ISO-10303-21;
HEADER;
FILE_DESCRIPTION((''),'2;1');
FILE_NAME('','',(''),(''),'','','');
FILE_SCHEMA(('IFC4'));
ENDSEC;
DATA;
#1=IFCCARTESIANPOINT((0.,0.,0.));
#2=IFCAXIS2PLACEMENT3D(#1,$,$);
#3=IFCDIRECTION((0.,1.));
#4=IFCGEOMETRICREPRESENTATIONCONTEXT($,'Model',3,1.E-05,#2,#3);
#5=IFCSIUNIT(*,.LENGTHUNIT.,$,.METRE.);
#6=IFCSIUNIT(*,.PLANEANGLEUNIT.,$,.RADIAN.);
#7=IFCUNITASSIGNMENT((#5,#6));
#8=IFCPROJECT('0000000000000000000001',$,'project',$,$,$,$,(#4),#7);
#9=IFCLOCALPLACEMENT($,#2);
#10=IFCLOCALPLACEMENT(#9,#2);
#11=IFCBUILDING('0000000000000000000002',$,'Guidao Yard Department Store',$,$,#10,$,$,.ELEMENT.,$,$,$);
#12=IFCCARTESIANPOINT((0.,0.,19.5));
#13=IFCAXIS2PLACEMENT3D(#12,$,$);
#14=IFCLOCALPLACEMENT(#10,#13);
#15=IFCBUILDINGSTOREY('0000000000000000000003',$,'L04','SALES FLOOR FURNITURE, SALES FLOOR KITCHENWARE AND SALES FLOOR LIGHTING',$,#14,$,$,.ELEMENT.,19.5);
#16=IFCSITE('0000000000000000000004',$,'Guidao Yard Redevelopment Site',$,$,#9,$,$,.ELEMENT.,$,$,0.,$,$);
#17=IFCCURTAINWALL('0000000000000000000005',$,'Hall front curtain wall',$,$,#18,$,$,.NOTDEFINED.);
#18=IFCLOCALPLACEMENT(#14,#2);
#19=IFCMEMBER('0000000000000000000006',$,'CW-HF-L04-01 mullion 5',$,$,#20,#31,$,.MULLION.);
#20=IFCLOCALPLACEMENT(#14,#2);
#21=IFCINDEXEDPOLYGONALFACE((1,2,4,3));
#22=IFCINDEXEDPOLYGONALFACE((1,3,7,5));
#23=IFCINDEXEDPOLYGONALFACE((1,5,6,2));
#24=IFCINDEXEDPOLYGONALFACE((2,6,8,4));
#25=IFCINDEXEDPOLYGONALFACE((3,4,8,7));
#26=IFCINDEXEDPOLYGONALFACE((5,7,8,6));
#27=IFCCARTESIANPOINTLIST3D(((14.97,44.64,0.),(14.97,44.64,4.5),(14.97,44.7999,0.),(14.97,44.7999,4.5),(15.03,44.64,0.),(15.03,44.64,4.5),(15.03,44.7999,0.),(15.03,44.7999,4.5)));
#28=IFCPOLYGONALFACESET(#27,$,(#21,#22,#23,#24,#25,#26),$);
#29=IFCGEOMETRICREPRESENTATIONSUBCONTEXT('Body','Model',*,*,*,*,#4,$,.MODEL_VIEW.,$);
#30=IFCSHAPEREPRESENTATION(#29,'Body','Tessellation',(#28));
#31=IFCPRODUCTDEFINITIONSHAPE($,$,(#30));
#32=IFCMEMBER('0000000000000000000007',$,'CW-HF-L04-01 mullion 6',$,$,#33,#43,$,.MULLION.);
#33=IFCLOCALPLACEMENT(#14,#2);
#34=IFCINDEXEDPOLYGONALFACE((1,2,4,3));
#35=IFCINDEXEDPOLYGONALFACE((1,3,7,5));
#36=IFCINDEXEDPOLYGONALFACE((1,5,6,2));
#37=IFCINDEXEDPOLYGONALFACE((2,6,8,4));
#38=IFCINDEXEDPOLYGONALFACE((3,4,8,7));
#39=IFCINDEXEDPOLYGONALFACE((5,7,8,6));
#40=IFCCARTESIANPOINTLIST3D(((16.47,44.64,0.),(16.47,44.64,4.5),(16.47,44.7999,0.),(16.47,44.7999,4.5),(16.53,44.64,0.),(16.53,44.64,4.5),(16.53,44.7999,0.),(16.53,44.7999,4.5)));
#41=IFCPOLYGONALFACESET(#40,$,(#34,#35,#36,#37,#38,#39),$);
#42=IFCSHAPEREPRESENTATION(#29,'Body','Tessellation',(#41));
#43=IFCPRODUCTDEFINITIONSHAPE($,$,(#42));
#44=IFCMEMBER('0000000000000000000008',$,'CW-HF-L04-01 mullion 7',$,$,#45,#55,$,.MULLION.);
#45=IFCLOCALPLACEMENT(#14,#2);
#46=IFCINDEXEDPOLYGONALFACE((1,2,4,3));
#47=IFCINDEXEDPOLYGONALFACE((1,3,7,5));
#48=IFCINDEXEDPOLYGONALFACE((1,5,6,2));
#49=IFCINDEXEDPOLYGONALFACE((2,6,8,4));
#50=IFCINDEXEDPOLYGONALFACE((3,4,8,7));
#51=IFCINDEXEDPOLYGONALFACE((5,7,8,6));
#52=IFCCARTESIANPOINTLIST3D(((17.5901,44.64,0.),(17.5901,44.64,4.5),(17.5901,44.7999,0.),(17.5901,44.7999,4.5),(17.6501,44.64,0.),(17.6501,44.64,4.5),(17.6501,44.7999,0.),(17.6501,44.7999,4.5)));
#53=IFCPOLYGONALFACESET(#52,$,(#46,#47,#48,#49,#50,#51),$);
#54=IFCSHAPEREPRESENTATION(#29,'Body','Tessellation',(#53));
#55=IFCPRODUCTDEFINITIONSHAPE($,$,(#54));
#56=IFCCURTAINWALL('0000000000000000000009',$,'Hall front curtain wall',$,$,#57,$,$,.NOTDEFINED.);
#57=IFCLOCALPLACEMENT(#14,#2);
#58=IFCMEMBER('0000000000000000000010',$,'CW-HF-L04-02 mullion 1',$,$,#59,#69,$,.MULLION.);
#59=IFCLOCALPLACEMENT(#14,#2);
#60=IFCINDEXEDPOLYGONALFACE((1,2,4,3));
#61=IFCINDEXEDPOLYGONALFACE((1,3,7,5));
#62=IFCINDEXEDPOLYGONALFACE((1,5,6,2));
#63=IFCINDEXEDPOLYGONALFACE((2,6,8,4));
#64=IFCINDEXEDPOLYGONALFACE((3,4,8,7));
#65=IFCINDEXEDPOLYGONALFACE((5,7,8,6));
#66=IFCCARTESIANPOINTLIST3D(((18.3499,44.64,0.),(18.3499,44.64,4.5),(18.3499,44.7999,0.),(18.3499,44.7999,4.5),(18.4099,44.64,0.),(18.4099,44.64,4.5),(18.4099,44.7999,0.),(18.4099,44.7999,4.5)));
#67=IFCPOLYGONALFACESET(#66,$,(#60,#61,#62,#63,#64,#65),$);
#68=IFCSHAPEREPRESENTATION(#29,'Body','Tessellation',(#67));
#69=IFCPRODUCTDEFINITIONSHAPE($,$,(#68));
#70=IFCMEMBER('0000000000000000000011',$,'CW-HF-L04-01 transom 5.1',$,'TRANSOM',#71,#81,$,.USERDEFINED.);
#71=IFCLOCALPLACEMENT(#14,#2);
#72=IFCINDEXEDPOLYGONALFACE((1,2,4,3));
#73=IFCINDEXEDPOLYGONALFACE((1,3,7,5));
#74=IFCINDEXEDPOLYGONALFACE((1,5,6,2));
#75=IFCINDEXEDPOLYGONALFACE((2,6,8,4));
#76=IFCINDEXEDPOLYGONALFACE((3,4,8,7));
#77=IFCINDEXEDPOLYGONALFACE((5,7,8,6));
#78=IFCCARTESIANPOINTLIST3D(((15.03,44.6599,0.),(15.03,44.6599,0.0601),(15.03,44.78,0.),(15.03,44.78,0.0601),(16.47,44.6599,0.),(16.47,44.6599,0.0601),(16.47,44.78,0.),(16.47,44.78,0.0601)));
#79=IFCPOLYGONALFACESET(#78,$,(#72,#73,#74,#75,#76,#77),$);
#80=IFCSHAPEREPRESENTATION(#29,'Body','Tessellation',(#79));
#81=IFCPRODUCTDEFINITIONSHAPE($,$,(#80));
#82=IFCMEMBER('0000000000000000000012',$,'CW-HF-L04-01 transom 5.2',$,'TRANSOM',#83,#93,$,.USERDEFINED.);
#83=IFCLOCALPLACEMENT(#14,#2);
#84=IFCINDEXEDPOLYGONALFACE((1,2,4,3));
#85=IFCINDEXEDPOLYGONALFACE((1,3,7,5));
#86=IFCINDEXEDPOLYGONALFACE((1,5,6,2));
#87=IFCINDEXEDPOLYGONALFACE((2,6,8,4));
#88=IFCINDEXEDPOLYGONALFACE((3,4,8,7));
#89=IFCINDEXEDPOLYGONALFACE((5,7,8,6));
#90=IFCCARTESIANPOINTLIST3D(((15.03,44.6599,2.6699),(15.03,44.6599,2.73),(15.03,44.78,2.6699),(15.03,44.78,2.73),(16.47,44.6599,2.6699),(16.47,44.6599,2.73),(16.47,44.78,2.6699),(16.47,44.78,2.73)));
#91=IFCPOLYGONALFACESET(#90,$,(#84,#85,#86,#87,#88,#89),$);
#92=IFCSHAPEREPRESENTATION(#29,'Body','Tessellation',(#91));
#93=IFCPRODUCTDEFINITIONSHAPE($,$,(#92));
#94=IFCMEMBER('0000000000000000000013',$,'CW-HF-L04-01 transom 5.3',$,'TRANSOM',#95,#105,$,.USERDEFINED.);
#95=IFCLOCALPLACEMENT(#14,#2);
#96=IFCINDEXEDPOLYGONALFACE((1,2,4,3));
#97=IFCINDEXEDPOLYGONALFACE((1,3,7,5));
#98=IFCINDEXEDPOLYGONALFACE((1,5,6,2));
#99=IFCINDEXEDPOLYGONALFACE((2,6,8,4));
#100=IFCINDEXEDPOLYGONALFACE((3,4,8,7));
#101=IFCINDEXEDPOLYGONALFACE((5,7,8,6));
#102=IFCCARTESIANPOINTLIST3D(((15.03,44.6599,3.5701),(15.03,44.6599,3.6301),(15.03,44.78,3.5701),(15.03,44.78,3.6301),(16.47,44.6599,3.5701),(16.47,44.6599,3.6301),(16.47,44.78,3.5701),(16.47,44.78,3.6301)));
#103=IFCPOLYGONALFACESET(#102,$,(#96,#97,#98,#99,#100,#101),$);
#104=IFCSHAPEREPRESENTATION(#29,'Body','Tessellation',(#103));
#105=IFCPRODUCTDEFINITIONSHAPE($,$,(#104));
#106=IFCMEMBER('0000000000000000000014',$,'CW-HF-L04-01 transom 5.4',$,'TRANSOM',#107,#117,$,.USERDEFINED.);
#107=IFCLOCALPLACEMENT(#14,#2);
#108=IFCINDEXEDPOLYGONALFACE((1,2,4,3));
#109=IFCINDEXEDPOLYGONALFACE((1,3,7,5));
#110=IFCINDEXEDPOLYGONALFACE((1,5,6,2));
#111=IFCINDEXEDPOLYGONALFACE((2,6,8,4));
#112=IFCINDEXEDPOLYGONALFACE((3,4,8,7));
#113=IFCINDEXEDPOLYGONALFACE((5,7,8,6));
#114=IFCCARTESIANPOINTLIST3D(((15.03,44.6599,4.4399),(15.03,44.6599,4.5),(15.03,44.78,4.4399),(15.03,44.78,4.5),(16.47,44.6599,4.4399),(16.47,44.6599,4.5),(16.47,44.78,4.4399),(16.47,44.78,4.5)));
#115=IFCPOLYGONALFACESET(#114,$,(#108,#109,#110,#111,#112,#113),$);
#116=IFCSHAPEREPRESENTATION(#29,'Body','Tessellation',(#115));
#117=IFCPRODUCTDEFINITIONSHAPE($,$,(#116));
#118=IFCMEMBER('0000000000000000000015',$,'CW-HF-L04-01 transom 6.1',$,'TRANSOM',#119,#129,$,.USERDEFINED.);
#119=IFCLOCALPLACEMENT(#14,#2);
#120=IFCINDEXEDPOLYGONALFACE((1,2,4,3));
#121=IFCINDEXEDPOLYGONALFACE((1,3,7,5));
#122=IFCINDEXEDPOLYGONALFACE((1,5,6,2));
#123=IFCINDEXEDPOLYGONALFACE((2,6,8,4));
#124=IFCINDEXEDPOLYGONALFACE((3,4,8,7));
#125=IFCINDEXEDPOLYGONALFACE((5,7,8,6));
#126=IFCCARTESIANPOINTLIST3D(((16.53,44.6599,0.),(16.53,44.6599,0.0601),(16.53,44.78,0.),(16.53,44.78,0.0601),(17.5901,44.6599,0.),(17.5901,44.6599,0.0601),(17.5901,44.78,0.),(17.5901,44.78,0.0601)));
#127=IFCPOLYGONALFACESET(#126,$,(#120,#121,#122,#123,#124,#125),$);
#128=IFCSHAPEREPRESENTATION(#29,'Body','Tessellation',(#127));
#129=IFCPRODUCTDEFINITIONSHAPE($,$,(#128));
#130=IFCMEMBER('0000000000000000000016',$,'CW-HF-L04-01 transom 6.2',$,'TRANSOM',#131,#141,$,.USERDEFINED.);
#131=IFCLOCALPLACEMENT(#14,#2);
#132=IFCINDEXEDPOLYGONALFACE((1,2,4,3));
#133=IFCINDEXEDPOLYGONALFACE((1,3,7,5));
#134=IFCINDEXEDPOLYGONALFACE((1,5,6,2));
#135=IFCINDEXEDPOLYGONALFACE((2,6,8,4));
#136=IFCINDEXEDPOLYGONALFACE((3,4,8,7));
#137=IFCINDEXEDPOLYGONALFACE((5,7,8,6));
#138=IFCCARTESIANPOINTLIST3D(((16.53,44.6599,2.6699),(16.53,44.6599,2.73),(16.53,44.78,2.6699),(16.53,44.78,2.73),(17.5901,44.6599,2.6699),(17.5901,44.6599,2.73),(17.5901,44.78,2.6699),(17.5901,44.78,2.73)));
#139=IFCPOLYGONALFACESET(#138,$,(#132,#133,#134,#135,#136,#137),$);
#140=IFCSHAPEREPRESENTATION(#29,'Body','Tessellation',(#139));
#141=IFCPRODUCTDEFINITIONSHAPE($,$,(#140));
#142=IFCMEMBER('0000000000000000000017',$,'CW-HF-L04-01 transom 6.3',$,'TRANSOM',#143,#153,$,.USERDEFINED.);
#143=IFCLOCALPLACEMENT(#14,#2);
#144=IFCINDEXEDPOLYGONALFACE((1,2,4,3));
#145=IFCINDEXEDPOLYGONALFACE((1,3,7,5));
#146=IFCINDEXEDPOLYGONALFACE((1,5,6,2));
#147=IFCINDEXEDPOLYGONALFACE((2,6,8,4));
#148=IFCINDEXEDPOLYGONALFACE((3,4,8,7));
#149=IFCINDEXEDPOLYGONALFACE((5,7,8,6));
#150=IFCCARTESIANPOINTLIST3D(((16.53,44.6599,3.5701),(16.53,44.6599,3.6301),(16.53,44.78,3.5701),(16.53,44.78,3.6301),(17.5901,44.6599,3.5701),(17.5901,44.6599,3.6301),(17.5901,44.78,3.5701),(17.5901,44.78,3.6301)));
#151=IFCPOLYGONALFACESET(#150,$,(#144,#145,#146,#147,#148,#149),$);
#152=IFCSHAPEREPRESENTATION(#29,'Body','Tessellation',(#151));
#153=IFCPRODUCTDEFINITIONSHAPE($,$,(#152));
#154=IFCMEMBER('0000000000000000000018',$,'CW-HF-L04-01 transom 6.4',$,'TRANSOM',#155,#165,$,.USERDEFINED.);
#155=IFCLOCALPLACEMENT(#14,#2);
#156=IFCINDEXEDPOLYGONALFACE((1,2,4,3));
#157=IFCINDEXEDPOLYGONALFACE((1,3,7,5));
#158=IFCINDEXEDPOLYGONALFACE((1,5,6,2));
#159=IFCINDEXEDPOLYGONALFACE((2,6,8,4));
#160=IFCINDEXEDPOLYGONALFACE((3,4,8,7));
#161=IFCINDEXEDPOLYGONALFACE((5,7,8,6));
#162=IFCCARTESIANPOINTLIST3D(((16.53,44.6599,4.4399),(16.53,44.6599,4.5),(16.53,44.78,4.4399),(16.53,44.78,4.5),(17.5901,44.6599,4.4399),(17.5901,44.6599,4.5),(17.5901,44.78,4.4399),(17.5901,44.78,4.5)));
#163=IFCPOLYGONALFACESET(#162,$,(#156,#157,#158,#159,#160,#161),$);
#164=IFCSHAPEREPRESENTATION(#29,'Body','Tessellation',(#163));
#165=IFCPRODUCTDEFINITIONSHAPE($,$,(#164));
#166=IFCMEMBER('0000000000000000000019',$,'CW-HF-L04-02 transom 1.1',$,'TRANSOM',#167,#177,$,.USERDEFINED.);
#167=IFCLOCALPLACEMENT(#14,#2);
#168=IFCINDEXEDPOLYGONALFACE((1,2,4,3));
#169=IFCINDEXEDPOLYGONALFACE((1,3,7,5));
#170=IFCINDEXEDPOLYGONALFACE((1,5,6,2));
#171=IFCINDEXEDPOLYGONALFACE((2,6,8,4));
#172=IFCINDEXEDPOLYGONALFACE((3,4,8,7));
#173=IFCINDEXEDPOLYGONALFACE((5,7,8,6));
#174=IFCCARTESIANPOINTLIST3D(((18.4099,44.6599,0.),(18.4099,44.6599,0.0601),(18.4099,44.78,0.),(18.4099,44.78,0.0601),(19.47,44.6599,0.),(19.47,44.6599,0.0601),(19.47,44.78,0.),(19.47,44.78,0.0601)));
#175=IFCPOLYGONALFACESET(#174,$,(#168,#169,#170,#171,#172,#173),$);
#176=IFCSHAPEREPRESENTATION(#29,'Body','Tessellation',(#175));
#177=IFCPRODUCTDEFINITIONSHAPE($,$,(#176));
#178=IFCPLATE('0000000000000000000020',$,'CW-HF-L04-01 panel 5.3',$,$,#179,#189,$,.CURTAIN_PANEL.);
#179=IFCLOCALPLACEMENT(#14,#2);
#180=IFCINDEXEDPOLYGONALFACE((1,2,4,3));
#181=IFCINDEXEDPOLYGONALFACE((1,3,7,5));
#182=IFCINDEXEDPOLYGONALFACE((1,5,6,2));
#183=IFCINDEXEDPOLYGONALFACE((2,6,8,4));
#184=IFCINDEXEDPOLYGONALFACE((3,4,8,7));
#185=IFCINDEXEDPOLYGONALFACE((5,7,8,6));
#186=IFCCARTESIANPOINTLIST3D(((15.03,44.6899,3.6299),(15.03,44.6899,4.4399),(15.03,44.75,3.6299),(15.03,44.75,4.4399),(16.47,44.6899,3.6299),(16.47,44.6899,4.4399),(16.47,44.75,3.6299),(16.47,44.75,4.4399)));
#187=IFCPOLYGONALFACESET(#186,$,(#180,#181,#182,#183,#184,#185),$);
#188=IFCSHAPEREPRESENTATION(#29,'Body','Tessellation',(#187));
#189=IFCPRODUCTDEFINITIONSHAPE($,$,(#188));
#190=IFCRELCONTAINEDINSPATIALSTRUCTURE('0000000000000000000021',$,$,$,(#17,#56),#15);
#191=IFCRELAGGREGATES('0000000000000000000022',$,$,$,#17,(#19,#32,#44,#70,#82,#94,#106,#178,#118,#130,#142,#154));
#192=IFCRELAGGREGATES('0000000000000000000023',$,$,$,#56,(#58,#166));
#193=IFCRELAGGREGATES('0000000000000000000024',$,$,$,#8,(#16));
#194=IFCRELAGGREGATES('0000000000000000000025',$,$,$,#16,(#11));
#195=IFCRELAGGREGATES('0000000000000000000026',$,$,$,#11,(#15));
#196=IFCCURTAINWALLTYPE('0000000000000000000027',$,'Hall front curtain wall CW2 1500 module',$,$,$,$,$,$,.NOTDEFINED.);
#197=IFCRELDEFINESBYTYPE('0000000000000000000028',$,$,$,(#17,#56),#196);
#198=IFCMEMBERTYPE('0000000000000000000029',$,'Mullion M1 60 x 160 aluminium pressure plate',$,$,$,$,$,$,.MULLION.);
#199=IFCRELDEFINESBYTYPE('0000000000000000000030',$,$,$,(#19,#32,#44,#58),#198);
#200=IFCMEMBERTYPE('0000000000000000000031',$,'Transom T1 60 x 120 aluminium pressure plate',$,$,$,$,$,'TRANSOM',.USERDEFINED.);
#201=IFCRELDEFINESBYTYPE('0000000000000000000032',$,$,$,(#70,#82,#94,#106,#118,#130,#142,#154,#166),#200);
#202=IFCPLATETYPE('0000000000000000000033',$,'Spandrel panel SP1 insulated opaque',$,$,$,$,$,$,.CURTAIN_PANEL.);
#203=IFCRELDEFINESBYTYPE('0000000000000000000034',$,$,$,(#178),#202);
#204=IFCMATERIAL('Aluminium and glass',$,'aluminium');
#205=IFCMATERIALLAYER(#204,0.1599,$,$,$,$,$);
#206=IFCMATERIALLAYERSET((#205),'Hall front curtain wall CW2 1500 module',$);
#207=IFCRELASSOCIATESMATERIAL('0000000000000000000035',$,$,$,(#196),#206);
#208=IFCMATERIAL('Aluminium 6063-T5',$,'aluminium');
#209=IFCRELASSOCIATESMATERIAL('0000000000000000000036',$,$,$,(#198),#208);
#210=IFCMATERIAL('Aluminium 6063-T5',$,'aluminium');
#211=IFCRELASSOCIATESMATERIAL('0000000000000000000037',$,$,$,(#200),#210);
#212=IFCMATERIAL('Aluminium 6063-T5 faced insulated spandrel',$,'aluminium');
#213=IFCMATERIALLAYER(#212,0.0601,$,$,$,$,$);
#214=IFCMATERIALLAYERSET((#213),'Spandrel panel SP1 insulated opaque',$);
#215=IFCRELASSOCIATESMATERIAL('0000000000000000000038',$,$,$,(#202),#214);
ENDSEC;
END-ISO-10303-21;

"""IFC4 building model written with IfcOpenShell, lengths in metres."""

from ifc_helpers import new_model, si_unit, direction, frame, origin, origin_2d, place, context, subcontext, project, spatial, rectangle, extrude, material, layer, layer_set, material_profile, profile_set, type_object, element, aggregate, save


model = new_model("IFC4")

# Units and contexts
model_context = context("Model", 3, precision=1e-05, world=origin(), true_north=direction((0.0, 1.0)))
body_context = subcontext(model_context, "Body", "Model", "MODEL_VIEW")
ifc_project = project(units=[si_unit("LENGTHUNIT", "METRE"), si_unit("PLANEANGLEUNIT", "RADIAN")], contexts=[model_context])

# Site, building, storey
site_placement = place(None, origin())
site = spatial("IfcSite", under=ifc_project, at=site_placement, Name="Guidao Yard Redevelopment Site", CompositionType="ELEMENT", RefElevation=0.0)
building_placement = place(site_placement, origin())
building = spatial("IfcBuilding", under=site, at=building_placement, Name="Guidao Yard Department Store", CompositionType="ELEMENT")
storey_placement = place(building_placement, frame((0.0, 0.0, 19.5)))
storey = spatial("IfcBuildingStorey", under=building, at=storey_placement, Name="L04", Description="SALES FLOOR FURNITURE, SALES FLOOR KITCHENWARE AND SALES FLOOR LIGHTING", CompositionType="ELEMENT", Elevation=19.5)

# Curtain wall, members
ifc_material_1 = material(Name="Aluminium and glass", Category="aluminium")
ifc_layer_1 = layer(ifc_material_1, 0.1599)
ifc_layer_set_1 = layer_set([ifc_layer_1], Name="Hall front curtain wall CW2 1500 module")
curtain_wall_type = type_object("IfcCurtainWallType", Name="Hall front curtain wall CW2 1500 module", PredefinedType="NOTDEFINED", material=ifc_layer_set_1)
curtain_wall_1_placement = place(storey_placement, origin())
curtain_wall_1 = element("IfcCurtainWall", 1, at=curtain_wall_1_placement, inside=storey, type_object=curtain_wall_type, Name="Hall front curtain wall", PredefinedType="NOTDEFINED")
ifc_material_2 = material(Name="Aluminium 6063-T5", Category="aluminium")
ifc_material_profile_1 = material_profile(ifc_material_2, rectangle(XDim=0.0601, YDim=0.1599, at=origin_2d()), Name="Mullion M1 60 x 160 aluminium pressure plate")
ifc_profile_set_1 = profile_set([ifc_material_profile_1], Name="Aluminium 6063-T5")
member_type_1 = type_object("IfcMemberType", Name="Mullion M1 60 x 160 aluminium pressure plate", PredefinedType="MULLION", material=ifc_profile_set_1)
member_1_placement = place(storey_placement, frame((15.0, 44.72, 0.0), z_axis=(0.0, 0.0, 1.0), x_axis=(-1.0, 0.0, 0.0)))
member_1 = element("IfcMember", 2, at=member_1_placement, type_object=member_type_1, Name="CW-HF-L04-01 mullion 5", PredefinedType="MULLION", context=body_context, shape_type="SweptSolid", body=[
    extrude(rectangle(XDim=0.0601, YDim=0.1599, at=origin_2d()), origin(), (0.0, 0.0, 1.0), 4.5),
])
member_2_placement = place(storey_placement, frame((16.5, 44.72, 0.0), z_axis=(0.0, 0.0, 1.0), x_axis=(-1.0, 0.0, 0.0)))
member_2 = element("IfcMember", 3, at=member_2_placement, type_object=member_type_1, Name="CW-HF-L04-01 mullion 6", PredefinedType="MULLION", context=body_context, shape_type="SweptSolid", body=[
    extrude(rectangle(XDim=0.0601, YDim=0.1599, at=origin_2d()), origin(), (0.0, 0.0, 1.0), 4.5),
])
member_3_placement = place(storey_placement, frame((17.6201, 44.72, 0.0), z_axis=(0.0, 0.0, 1.0), x_axis=(-1.0, 0.0, 0.0)))
member_3 = element("IfcMember", 4, at=member_3_placement, type_object=member_type_1, Name="CW-HF-L04-01 mullion 7", PredefinedType="MULLION", context=body_context, shape_type="SweptSolid", body=[
    extrude(rectangle(XDim=0.0601, YDim=0.1599, at=origin_2d()), origin(), (0.0, 0.0, 1.0), 4.5),
])

# Curtain wall, member
curtain_wall_2_placement = place(storey_placement, origin())
curtain_wall_2 = element("IfcCurtainWall", 5, at=curtain_wall_2_placement, inside=storey, type_object=curtain_wall_type, Name="Hall front curtain wall", PredefinedType="NOTDEFINED")
member_4_placement = place(storey_placement, frame((18.3799, 44.72, 0.0), z_axis=(0.0, 0.0, 1.0), x_axis=(-1.0, 0.0, 0.0)))
member_4 = element("IfcMember", 6, at=member_4_placement, type_object=member_type_1, Name="CW-HF-L04-02 mullion 1", PredefinedType="MULLION", context=body_context, shape_type="SweptSolid", body=[
    extrude(rectangle(XDim=0.0601, YDim=0.1599, at=origin_2d()), origin(), (0.0, 0.0, 1.0), 4.5),
])

# Members
ifc_material_3 = material(Name="Aluminium 6063-T5", Category="aluminium")
ifc_material_profile_2 = material_profile(ifc_material_3, rectangle(XDim=0.1201, YDim=0.0601, at=origin_2d()), Name="Transom T1 60 x 120 aluminium pressure plate")
ifc_profile_set_2 = profile_set([ifc_material_profile_2], Name="Aluminium 6063-T5")
member_type_2 = type_object("IfcMemberType", Name="Transom T1 60 x 120 aluminium pressure plate", ElementType="TRANSOM", PredefinedType="USERDEFINED", material=ifc_profile_set_2)
member_5_placement = place(storey_placement, frame((16.47, 44.72, 0.03), z_axis=(-1.0, 0.0, 0.0), x_axis=(0.0, -1.0, 0.0)))
member_5 = element("IfcMember", 7, at=member_5_placement, type_object=member_type_2, Name="CW-HF-L04-01 transom 5.1", ObjectType="TRANSOM", PredefinedType="USERDEFINED", context=body_context, shape_type="SweptSolid", body=[
    extrude(rectangle(XDim=0.1201, YDim=0.0601, at=origin_2d()), origin(), (0.0, 0.0, 1.0), 1.4399),
])
member_6_placement = place(storey_placement, frame((16.47, 44.72, 2.7), z_axis=(-1.0, 0.0, 0.0), x_axis=(0.0, -1.0, 0.0)))
member_6 = element("IfcMember", 8, at=member_6_placement, type_object=member_type_2, Name="CW-HF-L04-01 transom 5.2", ObjectType="TRANSOM", PredefinedType="USERDEFINED", context=body_context, shape_type="SweptSolid", body=[
    extrude(rectangle(XDim=0.1201, YDim=0.0601, at=origin_2d()), origin(), (0.0, 0.0, 1.0), 1.4399),
])
member_7_placement = place(storey_placement, frame((16.47, 44.72, 3.6001), z_axis=(-1.0, 0.0, 0.0), x_axis=(0.0, -1.0, 0.0)))
member_7 = element("IfcMember", 9, at=member_7_placement, type_object=member_type_2, Name="CW-HF-L04-01 transom 5.3", ObjectType="TRANSOM", PredefinedType="USERDEFINED", context=body_context, shape_type="SweptSolid", body=[
    extrude(rectangle(XDim=0.1201, YDim=0.0601, at=origin_2d()), origin(), (0.0, 0.0, 1.0), 1.4399),
])
member_8_placement = place(storey_placement, frame((16.47, 44.72, 4.47), z_axis=(-1.0, 0.0, 0.0), x_axis=(0.0, -1.0, 0.0)))
member_8 = element("IfcMember", 10, at=member_8_placement, type_object=member_type_2, Name="CW-HF-L04-01 transom 5.4", ObjectType="TRANSOM", PredefinedType="USERDEFINED", context=body_context, shape_type="SweptSolid", body=[
    extrude(rectangle(XDim=0.1201, YDim=0.0601, at=origin_2d()), origin(), (0.0, 0.0, 1.0), 1.4399),
])
member_9_placement = place(storey_placement, frame((17.5901, 44.72, 0.03), z_axis=(-1.0, 0.0, 0.0), x_axis=(0.0, -1.0, 0.0)))
member_9 = element("IfcMember", 11, at=member_9_placement, type_object=member_type_2, Name="CW-HF-L04-01 transom 6.1", ObjectType="TRANSOM", PredefinedType="USERDEFINED", context=body_context, shape_type="SweptSolid", body=[
    extrude(rectangle(XDim=0.1201, YDim=0.0601, at=origin_2d()), origin(), (0.0, 0.0, 1.0), 1.0601),
])
member_10_placement = place(storey_placement, frame((17.5901, 44.72, 2.7), z_axis=(-1.0, 0.0, 0.0), x_axis=(0.0, -1.0, 0.0)))
member_10 = element("IfcMember", 12, at=member_10_placement, type_object=member_type_2, Name="CW-HF-L04-01 transom 6.2", ObjectType="TRANSOM", PredefinedType="USERDEFINED", context=body_context, shape_type="SweptSolid", body=[
    extrude(rectangle(XDim=0.1201, YDim=0.0601, at=origin_2d()), origin(), (0.0, 0.0, 1.0), 1.0601),
])
member_11_placement = place(storey_placement, frame((17.5901, 44.72, 3.6001), z_axis=(-1.0, 0.0, 0.0), x_axis=(0.0, -1.0, 0.0)))
member_11 = element("IfcMember", 13, at=member_11_placement, type_object=member_type_2, Name="CW-HF-L04-01 transom 6.3", ObjectType="TRANSOM", PredefinedType="USERDEFINED", context=body_context, shape_type="SweptSolid", body=[
    extrude(rectangle(XDim=0.1201, YDim=0.0601, at=origin_2d()), origin(), (0.0, 0.0, 1.0), 1.0601),
])
member_12_placement = place(storey_placement, frame((17.5901, 44.72, 4.47), z_axis=(-1.0, 0.0, 0.0), x_axis=(0.0, -1.0, 0.0)))
member_12 = element("IfcMember", 14, at=member_12_placement, type_object=member_type_2, Name="CW-HF-L04-01 transom 6.4", ObjectType="TRANSOM", PredefinedType="USERDEFINED", context=body_context, shape_type="SweptSolid", body=[
    extrude(rectangle(XDim=0.1201, YDim=0.0601, at=origin_2d()), origin(), (0.0, 0.0, 1.0), 1.0601),
])
member_13_placement = place(storey_placement, frame((19.47, 44.72, 0.03), z_axis=(-1.0, 0.0, 0.0), x_axis=(0.0, -1.0, 0.0)))
member_13 = element("IfcMember", 15, at=member_13_placement, type_object=member_type_2, Name="CW-HF-L04-02 transom 1.1", ObjectType="TRANSOM", PredefinedType="USERDEFINED", context=body_context, shape_type="SweptSolid", body=[
    extrude(rectangle(XDim=0.1201, YDim=0.0601, at=origin_2d()), origin(), (0.0, 0.0, 1.0), 1.0601),
])

# Plate
ifc_material_4 = material(Name="Aluminium 6063-T5 faced insulated spandrel", Category="aluminium")
ifc_layer_2 = layer(ifc_material_4, 0.0601)
ifc_layer_set_2 = layer_set([ifc_layer_2], Name="Spandrel panel SP1 insulated opaque")
plate_type_1 = type_object("IfcPlateType", Name="Spandrel panel SP1 insulated opaque", PredefinedType="CURTAIN_PANEL", material=ifc_layer_set_2)
plate_1_placement = place(storey_placement, frame((15.75, 44.72, 3.6299), z_axis=(0.0, 0.0, 1.0), x_axis=(-1.0, 0.0, 0.0)))
plate_1 = element("IfcPlate", 16, at=plate_1_placement, type_object=plate_type_1, Name="CW-HF-L04-01 panel 5.3", PredefinedType="CURTAIN_PANEL", context=body_context, shape_type="SweptSolid", body=[
    extrude(rectangle(XDim=1.4399, YDim=0.0601, at=origin_2d()), origin(), (0.0, 0.0, 1.0), 0.8101),
])
aggregate(curtain_wall_1, [member_1, member_2, member_3, member_5, member_6, member_7, member_8, plate_1, member_9, member_10, member_11, member_12])
aggregate(curtain_wall_2, [member_4, member_13])

save(model, "model.ifc")
